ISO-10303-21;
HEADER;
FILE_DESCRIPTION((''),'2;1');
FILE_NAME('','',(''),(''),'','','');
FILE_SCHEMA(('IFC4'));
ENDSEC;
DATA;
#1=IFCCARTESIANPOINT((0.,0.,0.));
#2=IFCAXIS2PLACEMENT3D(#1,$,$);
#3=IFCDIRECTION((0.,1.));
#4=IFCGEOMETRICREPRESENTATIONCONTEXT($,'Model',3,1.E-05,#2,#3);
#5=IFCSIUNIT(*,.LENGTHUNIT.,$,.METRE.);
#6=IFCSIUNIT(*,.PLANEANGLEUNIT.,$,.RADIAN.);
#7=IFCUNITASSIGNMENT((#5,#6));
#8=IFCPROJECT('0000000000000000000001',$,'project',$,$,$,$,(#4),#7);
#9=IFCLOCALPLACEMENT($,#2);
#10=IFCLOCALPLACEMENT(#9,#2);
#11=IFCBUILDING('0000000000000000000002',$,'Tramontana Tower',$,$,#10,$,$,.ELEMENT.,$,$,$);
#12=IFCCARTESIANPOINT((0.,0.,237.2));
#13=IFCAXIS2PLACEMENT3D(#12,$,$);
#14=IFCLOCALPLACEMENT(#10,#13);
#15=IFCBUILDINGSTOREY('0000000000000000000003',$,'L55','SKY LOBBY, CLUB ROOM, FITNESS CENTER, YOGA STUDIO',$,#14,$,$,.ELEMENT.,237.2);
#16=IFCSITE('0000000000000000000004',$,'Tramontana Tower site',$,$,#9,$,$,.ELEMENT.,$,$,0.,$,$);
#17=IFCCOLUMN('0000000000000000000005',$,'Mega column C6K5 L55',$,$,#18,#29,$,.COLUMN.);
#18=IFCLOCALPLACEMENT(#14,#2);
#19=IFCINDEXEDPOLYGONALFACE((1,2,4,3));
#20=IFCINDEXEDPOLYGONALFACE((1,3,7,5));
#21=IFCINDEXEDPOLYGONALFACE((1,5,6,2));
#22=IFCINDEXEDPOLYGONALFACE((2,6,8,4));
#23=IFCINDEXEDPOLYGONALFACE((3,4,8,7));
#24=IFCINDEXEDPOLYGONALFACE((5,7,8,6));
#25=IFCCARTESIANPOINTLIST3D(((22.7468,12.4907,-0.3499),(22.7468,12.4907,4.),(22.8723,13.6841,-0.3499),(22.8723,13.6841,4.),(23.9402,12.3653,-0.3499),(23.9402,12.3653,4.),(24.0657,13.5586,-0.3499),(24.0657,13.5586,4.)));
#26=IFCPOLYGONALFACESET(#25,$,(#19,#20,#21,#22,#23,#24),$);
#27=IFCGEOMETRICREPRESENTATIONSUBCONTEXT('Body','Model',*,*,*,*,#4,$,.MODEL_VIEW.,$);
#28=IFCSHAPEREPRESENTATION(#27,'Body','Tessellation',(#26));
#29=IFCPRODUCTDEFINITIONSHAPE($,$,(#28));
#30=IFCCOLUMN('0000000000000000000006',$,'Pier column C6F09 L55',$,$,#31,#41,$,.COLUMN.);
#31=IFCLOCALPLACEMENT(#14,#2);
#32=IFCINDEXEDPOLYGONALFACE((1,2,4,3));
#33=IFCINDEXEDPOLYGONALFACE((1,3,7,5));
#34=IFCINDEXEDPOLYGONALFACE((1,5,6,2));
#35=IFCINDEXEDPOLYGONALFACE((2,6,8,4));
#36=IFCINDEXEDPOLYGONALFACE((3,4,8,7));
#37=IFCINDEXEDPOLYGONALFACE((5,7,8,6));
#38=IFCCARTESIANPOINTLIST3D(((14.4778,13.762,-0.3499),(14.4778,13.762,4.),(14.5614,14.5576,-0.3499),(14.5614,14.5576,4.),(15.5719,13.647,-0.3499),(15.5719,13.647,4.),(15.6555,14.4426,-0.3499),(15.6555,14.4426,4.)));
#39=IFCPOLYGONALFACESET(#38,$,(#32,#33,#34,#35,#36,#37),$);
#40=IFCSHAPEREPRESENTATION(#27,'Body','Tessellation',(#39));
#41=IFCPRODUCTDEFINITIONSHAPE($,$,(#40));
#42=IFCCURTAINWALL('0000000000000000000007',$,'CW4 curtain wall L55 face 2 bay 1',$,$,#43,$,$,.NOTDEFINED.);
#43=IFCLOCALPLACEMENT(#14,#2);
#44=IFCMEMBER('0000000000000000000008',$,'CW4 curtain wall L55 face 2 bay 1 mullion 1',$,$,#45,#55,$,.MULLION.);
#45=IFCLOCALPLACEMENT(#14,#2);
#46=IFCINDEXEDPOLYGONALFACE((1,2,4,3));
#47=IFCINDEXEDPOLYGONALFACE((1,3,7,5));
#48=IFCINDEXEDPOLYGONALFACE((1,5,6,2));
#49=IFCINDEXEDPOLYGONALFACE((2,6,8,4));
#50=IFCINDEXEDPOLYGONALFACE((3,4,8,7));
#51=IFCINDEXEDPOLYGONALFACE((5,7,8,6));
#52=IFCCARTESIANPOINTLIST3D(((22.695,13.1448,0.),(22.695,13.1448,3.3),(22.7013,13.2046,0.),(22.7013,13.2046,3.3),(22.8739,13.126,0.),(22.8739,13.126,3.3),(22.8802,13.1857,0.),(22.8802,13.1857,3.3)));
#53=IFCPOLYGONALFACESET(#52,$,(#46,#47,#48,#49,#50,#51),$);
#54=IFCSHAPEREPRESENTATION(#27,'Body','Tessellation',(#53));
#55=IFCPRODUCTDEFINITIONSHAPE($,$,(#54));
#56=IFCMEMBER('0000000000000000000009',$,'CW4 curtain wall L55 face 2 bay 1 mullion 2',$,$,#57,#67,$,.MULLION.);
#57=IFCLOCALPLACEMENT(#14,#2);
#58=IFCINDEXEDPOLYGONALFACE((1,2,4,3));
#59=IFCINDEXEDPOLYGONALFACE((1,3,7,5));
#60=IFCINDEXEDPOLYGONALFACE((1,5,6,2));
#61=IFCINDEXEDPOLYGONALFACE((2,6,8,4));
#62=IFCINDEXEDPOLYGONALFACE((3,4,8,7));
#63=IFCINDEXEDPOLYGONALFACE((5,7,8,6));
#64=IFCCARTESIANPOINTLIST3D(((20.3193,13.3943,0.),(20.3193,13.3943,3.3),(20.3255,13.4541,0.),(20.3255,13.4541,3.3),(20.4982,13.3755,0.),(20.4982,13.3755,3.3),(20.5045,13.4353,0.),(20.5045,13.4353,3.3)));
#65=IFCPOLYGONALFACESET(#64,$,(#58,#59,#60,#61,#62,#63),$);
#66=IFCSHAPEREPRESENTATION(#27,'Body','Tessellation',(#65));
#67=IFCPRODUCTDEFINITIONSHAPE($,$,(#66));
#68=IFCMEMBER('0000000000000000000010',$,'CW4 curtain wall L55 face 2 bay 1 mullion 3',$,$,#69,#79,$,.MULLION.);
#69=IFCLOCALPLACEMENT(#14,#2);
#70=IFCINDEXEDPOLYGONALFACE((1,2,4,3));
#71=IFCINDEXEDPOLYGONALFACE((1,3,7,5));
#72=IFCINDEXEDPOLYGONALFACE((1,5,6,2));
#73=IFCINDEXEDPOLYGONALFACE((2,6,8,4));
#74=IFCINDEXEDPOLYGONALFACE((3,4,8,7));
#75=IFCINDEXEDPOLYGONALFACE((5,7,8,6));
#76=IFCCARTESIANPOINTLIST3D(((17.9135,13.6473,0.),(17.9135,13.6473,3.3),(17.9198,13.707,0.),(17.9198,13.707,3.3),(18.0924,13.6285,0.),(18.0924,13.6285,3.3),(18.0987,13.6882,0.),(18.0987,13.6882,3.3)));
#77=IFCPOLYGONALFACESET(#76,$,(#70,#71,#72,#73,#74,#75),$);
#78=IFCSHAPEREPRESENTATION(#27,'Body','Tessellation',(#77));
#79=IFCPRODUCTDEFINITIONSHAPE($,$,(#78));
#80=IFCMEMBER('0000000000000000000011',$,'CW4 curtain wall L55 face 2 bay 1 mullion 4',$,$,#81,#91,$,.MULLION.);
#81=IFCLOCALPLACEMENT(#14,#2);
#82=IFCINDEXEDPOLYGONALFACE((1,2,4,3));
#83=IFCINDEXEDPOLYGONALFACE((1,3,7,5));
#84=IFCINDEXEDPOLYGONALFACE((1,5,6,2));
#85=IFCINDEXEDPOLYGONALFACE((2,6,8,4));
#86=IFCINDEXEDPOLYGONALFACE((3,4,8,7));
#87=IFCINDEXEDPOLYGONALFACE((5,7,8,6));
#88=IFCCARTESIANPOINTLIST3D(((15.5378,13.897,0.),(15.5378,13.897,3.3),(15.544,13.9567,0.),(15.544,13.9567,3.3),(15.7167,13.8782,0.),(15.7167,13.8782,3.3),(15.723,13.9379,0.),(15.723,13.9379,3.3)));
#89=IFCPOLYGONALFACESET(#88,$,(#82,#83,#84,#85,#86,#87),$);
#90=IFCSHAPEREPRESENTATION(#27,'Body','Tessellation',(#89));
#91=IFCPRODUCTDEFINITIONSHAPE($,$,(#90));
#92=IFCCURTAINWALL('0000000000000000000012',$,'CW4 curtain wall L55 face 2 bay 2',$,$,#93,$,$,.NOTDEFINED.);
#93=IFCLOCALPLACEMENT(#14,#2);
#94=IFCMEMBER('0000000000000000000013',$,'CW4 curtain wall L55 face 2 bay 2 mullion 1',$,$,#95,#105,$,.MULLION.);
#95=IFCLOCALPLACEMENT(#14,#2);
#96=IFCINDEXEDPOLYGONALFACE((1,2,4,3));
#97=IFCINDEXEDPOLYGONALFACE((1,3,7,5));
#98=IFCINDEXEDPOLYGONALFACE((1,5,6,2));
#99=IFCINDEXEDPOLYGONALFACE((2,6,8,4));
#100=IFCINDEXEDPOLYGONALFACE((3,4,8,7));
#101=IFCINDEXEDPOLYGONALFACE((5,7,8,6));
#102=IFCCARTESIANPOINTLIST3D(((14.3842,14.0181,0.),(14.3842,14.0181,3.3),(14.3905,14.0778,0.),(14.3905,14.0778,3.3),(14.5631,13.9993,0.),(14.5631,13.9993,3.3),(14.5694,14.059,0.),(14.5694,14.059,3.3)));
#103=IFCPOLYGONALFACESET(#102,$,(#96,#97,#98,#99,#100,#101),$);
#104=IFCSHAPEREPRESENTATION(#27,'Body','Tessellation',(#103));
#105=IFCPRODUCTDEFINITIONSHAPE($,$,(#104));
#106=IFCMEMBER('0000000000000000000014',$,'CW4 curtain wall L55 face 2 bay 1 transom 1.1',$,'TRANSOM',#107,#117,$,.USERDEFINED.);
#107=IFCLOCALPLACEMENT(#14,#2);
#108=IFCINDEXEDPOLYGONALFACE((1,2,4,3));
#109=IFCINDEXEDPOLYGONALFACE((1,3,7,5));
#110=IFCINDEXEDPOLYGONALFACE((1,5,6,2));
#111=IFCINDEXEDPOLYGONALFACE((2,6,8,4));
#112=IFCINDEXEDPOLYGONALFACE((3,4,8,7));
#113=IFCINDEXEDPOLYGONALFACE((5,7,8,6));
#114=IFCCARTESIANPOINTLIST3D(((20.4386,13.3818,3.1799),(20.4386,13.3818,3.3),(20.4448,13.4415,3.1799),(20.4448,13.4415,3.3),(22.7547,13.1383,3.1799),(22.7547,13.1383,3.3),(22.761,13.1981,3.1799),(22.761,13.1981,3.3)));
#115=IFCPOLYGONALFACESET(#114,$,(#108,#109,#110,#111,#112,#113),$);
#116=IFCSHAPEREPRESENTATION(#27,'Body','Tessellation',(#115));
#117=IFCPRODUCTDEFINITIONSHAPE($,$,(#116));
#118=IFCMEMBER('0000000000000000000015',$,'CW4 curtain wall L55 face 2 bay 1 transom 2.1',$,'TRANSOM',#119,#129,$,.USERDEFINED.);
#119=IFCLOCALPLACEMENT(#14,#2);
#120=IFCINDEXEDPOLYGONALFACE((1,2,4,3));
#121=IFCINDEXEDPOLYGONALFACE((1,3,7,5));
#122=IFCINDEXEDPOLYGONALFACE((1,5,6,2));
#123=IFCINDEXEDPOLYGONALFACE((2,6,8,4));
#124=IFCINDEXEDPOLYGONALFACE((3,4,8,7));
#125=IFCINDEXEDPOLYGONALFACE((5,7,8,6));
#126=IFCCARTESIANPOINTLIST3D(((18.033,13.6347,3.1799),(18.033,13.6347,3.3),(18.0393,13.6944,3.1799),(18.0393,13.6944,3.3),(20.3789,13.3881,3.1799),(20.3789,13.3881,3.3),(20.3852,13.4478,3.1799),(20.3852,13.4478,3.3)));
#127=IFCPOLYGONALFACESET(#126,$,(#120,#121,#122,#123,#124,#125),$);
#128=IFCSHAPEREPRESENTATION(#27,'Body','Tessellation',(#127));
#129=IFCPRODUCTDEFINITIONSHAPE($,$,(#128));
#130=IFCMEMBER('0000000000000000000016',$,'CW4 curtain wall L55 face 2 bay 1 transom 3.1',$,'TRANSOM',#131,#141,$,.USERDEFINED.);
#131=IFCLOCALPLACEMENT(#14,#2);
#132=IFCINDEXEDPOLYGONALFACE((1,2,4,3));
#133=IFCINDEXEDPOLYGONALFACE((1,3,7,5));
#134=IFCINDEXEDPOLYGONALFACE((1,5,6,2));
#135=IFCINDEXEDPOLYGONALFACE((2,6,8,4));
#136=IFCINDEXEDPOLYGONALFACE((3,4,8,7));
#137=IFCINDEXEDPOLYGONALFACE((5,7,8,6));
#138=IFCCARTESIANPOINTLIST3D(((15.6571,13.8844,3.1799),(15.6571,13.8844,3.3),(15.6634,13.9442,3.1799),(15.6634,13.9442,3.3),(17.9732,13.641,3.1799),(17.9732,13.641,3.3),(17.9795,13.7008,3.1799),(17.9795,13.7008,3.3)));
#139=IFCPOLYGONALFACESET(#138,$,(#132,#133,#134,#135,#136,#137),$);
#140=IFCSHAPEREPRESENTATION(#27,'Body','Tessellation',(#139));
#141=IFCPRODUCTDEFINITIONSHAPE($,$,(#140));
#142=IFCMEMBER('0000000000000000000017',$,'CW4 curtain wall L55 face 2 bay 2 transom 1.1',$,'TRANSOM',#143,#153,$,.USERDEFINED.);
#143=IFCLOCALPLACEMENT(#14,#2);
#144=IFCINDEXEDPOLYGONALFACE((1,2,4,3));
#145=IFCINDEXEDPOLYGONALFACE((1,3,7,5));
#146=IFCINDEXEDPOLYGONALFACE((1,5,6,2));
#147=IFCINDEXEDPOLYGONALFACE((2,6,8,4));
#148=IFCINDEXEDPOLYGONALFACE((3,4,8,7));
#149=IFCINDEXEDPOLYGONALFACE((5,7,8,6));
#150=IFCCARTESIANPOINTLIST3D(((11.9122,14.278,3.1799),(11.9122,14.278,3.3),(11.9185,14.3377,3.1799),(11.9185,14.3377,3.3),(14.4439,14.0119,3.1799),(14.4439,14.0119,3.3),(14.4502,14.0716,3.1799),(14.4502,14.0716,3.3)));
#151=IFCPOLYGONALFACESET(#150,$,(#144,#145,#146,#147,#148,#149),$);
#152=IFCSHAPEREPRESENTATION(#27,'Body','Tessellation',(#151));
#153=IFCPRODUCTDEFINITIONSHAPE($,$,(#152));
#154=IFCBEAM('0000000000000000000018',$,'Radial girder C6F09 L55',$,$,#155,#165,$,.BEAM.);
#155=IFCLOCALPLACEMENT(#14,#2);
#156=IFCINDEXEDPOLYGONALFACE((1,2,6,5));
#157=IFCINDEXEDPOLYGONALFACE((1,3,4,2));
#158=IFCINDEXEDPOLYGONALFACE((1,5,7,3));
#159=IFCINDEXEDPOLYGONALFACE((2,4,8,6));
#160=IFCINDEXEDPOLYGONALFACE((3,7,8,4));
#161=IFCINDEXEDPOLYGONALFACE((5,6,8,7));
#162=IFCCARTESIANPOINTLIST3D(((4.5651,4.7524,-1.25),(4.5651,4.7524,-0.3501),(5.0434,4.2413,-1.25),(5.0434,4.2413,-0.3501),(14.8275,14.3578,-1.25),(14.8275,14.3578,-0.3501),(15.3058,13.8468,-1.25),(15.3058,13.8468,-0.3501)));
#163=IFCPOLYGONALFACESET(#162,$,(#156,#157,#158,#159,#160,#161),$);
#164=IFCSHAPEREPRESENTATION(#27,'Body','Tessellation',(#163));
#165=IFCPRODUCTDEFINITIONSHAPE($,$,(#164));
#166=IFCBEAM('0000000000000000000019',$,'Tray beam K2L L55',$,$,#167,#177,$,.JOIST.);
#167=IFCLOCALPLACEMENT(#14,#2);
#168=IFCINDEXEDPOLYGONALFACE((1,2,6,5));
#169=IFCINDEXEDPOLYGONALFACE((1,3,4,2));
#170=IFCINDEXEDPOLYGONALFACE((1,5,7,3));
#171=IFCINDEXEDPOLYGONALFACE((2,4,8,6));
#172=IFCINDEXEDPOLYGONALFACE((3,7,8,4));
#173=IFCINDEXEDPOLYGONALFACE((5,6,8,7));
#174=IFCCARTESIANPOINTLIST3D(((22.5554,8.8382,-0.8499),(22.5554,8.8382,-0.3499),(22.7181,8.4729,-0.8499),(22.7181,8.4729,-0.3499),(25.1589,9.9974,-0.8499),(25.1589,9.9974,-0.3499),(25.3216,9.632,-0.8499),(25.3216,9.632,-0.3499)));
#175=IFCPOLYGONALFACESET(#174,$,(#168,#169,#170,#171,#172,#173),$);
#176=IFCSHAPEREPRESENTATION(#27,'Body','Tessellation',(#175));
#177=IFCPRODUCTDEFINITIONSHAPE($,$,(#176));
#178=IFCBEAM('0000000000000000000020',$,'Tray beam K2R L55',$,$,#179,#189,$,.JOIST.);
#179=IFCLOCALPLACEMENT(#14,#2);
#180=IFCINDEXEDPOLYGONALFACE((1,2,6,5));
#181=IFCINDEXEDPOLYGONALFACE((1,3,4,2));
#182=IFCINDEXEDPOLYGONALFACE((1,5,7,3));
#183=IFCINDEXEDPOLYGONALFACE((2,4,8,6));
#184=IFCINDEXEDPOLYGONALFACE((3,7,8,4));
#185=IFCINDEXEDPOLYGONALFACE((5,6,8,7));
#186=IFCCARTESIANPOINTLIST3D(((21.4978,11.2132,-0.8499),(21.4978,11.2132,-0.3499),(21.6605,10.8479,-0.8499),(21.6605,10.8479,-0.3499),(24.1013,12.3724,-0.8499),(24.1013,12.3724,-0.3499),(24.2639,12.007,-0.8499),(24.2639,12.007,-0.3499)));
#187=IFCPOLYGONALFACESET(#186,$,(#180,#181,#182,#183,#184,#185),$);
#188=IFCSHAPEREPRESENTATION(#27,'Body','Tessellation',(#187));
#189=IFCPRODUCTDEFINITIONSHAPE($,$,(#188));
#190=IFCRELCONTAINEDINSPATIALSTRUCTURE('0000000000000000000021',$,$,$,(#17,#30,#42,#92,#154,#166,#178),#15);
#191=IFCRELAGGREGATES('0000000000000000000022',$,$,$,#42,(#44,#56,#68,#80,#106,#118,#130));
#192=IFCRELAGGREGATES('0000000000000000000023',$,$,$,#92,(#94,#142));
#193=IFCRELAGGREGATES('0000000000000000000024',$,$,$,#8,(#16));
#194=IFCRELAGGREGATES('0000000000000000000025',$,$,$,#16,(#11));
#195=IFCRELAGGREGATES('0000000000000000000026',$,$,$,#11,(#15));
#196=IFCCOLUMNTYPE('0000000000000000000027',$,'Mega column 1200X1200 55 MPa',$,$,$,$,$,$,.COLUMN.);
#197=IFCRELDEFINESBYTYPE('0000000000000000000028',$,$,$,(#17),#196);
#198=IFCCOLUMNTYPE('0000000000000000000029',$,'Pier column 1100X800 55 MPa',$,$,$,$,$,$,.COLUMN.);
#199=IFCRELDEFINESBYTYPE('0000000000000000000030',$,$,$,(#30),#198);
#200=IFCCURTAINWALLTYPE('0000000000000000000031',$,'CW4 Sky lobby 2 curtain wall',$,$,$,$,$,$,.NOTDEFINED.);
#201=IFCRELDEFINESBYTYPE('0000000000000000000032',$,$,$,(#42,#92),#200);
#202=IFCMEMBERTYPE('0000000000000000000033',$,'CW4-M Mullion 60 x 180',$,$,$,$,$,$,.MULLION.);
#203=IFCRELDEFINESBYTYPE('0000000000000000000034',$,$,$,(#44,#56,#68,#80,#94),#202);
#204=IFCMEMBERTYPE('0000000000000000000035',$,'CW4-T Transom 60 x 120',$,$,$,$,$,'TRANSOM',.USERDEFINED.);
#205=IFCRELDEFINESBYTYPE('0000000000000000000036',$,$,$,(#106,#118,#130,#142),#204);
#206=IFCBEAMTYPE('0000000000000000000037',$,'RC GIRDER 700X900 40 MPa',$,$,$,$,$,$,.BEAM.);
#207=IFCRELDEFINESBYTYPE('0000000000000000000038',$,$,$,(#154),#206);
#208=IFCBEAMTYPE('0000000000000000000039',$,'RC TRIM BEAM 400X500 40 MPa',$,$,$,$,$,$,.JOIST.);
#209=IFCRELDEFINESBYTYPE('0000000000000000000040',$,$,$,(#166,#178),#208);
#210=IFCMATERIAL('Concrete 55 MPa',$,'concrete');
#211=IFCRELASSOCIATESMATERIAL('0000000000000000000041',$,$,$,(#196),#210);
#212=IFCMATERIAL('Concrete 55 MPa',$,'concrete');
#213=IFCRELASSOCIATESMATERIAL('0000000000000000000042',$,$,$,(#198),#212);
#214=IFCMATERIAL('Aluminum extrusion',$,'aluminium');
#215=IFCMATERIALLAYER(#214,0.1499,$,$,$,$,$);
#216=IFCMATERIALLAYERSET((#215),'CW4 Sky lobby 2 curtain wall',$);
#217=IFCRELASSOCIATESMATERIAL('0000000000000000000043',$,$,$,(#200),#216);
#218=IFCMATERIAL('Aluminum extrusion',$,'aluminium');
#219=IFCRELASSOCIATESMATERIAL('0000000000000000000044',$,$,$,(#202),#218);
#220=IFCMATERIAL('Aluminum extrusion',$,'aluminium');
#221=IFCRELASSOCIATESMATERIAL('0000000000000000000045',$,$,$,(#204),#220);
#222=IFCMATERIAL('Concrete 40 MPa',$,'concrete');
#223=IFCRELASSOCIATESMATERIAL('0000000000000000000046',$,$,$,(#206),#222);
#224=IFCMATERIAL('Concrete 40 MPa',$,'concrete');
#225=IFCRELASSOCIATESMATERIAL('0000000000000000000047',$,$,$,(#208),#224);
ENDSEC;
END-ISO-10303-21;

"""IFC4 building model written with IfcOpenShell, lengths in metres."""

from ifc_helpers import new_model, si_unit, direction, frame, origin, origin_2d, place, context, subcontext, project, spatial, rectangle, extrude, material, layer, layer_set, material_profile, profile_set, type_object, element, aggregate, save


model = new_model("IFC4")

# Units and contexts
model_context = context("Model", 3, precision=1e-05, world=origin(), true_north=direction((0.0, 1.0)))
body_context = subcontext(model_context, "Body", "Model", "MODEL_VIEW")
ifc_project = project(units=[si_unit("LENGTHUNIT", "METRE"), si_unit("PLANEANGLEUNIT", "RADIAN")], contexts=[model_context])

# Site, building, storey
site_placement = place(None, origin())
site = spatial("IfcSite", under=ifc_project, at=site_placement, Name="Tramontana Tower site", CompositionType="ELEMENT", RefElevation=0.0)
building_placement = place(site_placement, origin())
building = spatial("IfcBuilding", under=site, at=building_placement, Name="Tramontana Tower", CompositionType="ELEMENT")
storey_placement = place(building_placement, frame((0.0, 0.0, 237.2)))
storey = spatial("IfcBuildingStorey", under=building, at=storey_placement, Name="L55", Description="SKY LOBBY, CLUB ROOM, FITNESS CENTER, YOGA STUDIO", CompositionType="ELEMENT", Elevation=237.2)

# Columns
ifc_material_1 = material(Name="Concrete 55 MPa", Category="concrete")
ifc_material_profile_1 = material_profile(ifc_material_1, rectangle(XDim=1.2, YDim=1.2, at=origin_2d()), Name="Mega column 1200X1200 55 MPa")
ifc_profile_set_1 = profile_set([ifc_material_profile_1], Name="Concrete 55 MPa")
column_type_1 = type_object("IfcColumnType", Name="Mega column 1200X1200 55 MPa", PredefinedType="COLUMN", material=ifc_profile_set_1)
column_1_placement = place(storey_placement, frame((23.4062, 13.0247, -0.3499), z_axis=(0.0, 0.0, 1.0), x_axis=(-0.994522, 0.104528, 0.0)))
element("IfcColumn", 1, at=column_1_placement, inside=storey, type_object=column_type_1, Name="Mega column C6K5 L55", PredefinedType="COLUMN", context=body_context, shape_type="SweptSolid", body=[
    extrude(rectangle(XDim=1.2, YDim=1.2, at=origin_2d()), origin(), (0.0, 0.0, 1.0), 4.3499),
])
ifc_material_2 = material(Name="Concrete 55 MPa", Category="concrete")
ifc_material_profile_2 = material_profile(ifc_material_2, rectangle(XDim=1.1001, YDim=0.8, at=origin_2d()), Name="Pier column 1100X800 55 MPa")
ifc_profile_set_2 = profile_set([ifc_material_profile_2], Name="Concrete 55 MPa")
column_type_2 = type_object("IfcColumnType", Name="Pier column 1100X800 55 MPa", PredefinedType="COLUMN", material=ifc_profile_set_2)
column_2_placement = place(storey_placement, frame((15.0667, 14.1023, -0.3499), z_axis=(0.0, 0.0, 1.0), x_axis=(-0.994522, 0.104528, 0.0)))
element("IfcColumn", 2, at=column_2_placement, inside=storey, type_object=column_type_2, Name="Pier column C6F09 L55", PredefinedType="COLUMN", context=body_context, shape_type="SweptSolid", body=[
    extrude(rectangle(XDim=1.1001, YDim=0.8, at=origin_2d()), origin(), (0.0, 0.0, 1.0), 4.3499),
])

# Curtain wall, members
ifc_material_3 = material(Name="Aluminum extrusion", Category="aluminium")
ifc_layer_1 = layer(ifc_material_3, 0.1499)
ifc_layer_set_1 = layer_set([ifc_layer_1], Name="CW4 Sky lobby 2 curtain wall")
curtain_wall_type = type_object("IfcCurtainWallType", Name="CW4 Sky lobby 2 curtain wall", PredefinedType="NOTDEFINED", material=ifc_layer_set_1)
curtain_wall_1_placement = place(storey_placement, origin())
curtain_wall_1 = element("IfcCurtainWall", 3, at=curtain_wall_1_placement, inside=storey, type_object=curtain_wall_type, Name="CW4 curtain wall L55 face 2 bay 1", PredefinedType="NOTDEFINED")
ifc_material_4 = material(Name="Aluminum extrusion", Category="aluminium")
ifc_material_profile_3 = material_profile(ifc_material_4, rectangle(XDim=0.0601, YDim=0.1799, at=origin_2d()), Name="CW4-M Mullion 60 x 180")
ifc_profile_set_3 = profile_set([ifc_material_profile_3], Name="Aluminum extrusion")
member_type_1 = type_object("IfcMemberType", Name="CW4-M Mullion 60 x 180", PredefinedType="MULLION", material=ifc_profile_set_3)
member_1_placement = place(storey_placement, frame((22.7876, 13.1653, 0.0), z_axis=(0.0, 0.0, 1.0), x_axis=(-0.104528, -0.994522, 0.0)))
member_1 = element("IfcMember", 4, at=member_1_placement, type_object=member_type_1, Name="CW4 curtain wall L55 face 2 bay 1 mullion 1", PredefinedType="MULLION", context=body_context, shape_type="SweptSolid", body=[
    extrude(rectangle(XDim=0.0601, YDim=0.1799, at=origin_2d()), origin(), (0.0, 0.0, 1.0), 3.3),
])
member_2_placement = place(storey_placement, frame((20.4119, 13.4148, 0.0), z_axis=(0.0, 0.0, 1.0), x_axis=(-0.104528, -0.994522, 0.0)))
member_2 = element("IfcMember", 5, at=member_2_placement, type_object=member_type_1, Name="CW4 curtain wall L55 face 2 bay 1 mullion 2", PredefinedType="MULLION", context=body_context, shape_type="SweptSolid", body=[
    extrude(rectangle(XDim=0.0601, YDim=0.1799, at=origin_2d()), origin(), (0.0, 0.0, 1.0), 3.3),
])
member_3_placement = place(storey_placement, frame((18.0061, 13.6677, 0.0), z_axis=(0.0, 0.0, 1.0), x_axis=(-0.104528, -0.994522, 0.0)))
member_3 = element("IfcMember", 6, at=member_3_placement, type_object=member_type_1, Name="CW4 curtain wall L55 face 2 bay 1 mullion 3", PredefinedType="MULLION", context=body_context, shape_type="SweptSolid", body=[
    extrude(rectangle(XDim=0.0601, YDim=0.1799, at=origin_2d()), origin(), (0.0, 0.0, 1.0), 3.3),
])
member_4_placement = place(storey_placement, frame((15.6304, 13.9175, 0.0), z_axis=(0.0, 0.0, 1.0), x_axis=(-0.104528, -0.994522, 0.0)))
member_4 = element("IfcMember", 7, at=member_4_placement, type_object=member_type_1, Name="CW4 curtain wall L55 face 2 bay 1 mullion 4", PredefinedType="MULLION", context=body_context, shape_type="SweptSolid", body=[
    extrude(rectangle(XDim=0.0601, YDim=0.1799, at=origin_2d()), origin(), (0.0, 0.0, 1.0), 3.3),
])

# Curtain wall, member
curtain_wall_2_placement = place(storey_placement, origin())
curtain_wall_2 = element("IfcCurtainWall", 8, at=curtain_wall_2_placement, inside=storey, type_object=curtain_wall_type, Name="CW4 curtain wall L55 face 2 bay 2", PredefinedType="NOTDEFINED")
member_5_placement = place(storey_placement, frame((14.4768, 14.0386, 0.0), z_axis=(0.0, 0.0, 1.0), x_axis=(-0.104528, -0.994522, 0.0)))
member_5 = element("IfcMember", 9, at=member_5_placement, type_object=member_type_1, Name="CW4 curtain wall L55 face 2 bay 2 mullion 1", PredefinedType="MULLION", context=body_context, shape_type="SweptSolid", body=[
    extrude(rectangle(XDim=0.0601, YDim=0.1799, at=origin_2d()), origin(), (0.0, 0.0, 1.0), 3.3),
])

# Members
ifc_material_5 = material(Name="Aluminum extrusion", Category="aluminium")
ifc_material_profile_4 = material_profile(ifc_material_5, rectangle(XDim=0.0601, YDim=0.1201, at=origin_2d()), Name="CW4-T Transom 60 x 120")
ifc_profile_set_4 = profile_set([ifc_material_profile_4], Name="Aluminum extrusion")
member_type_2 = type_object("IfcMemberType", Name="CW4-T Transom 60 x 120", ElementType="TRANSOM", PredefinedType="USERDEFINED", material=ifc_profile_set_4)
member_6_placement = place(storey_placement, frame((22.7578, 13.1682, 3.24), z_axis=(-0.994523, 0.104516, 0.0), x_axis=(-0.104516, -0.994523, 0.0)))
member_6 = element("IfcMember", 10, at=member_6_placement, type_object=member_type_2, Name="CW4 curtain wall L55 face 2 bay 1 transom 1.1", ObjectType="TRANSOM", PredefinedType="USERDEFINED", context=body_context, shape_type="SweptSolid", body=[
    extrude(rectangle(XDim=0.0601, YDim=0.1201, at=origin_2d()), origin(), (0.0, 0.0, 1.0), 2.3289),
])
member_7_placement = place(storey_placement, frame((20.3821, 13.418, 3.24), z_axis=(-0.994521, 0.104534, 0.0), x_axis=(-0.104534, -0.994521, 0.0)))
member_7 = element("IfcMember", 11, at=member_7_placement, type_object=member_type_2, Name="CW4 curtain wall L55 face 2 bay 1 transom 2.1", ObjectType="TRANSOM", PredefinedType="USERDEFINED", context=body_context, shape_type="SweptSolid", body=[
    extrude(rectangle(XDim=0.0601, YDim=0.1201, at=origin_2d()), origin(), (0.0, 0.0, 1.0), 2.3589),
])
member_8_placement = place(storey_placement, frame((17.9763, 13.6709, 3.24), z_axis=(-0.994523, 0.104516, 0.0), x_axis=(-0.104516, -0.994523, 0.0)))
member_8 = element("IfcMember", 12, at=member_8_placement, type_object=member_type_2, Name="CW4 curtain wall L55 face 2 bay 1 transom 3.1", ObjectType="TRANSOM", PredefinedType="USERDEFINED", context=body_context, shape_type="SweptSolid", body=[
    extrude(rectangle(XDim=0.0601, YDim=0.1201, at=origin_2d()), origin(), (0.0, 0.0, 1.0), 2.3289),
])
member_9_placement = place(storey_placement, frame((14.447, 14.0417, 3.24), z_axis=(-0.994521, 0.104535, 0.0), x_axis=(-0.104535, -0.994521, 0.0)))
member_9 = element("IfcMember", 13, at=member_9_placement, type_object=member_type_2, Name="CW4 curtain wall L55 face 2 bay 2 transom 1.1", ObjectType="TRANSOM", PredefinedType="USERDEFINED", context=body_context, shape_type="SweptSolid", body=[
    extrude(rectangle(XDim=0.0601, YDim=0.1201, at=origin_2d()), origin(), (0.0, 0.0, 1.0), 2.5457),
])

# Beams
ifc_material_6 = material(Name="Concrete 40 MPa", Category="concrete")
ifc_material_profile_5 = material_profile(ifc_material_6, rectangle(XDim=0.7, YDim=0.8999, at=origin_2d()), Name="RC GIRDER 700X900 40 MPa")
ifc_profile_set_5 = profile_set([ifc_material_profile_5], Name="Concrete 40 MPa")
beam_type_1 = type_object("IfcBeamType", Name="RC GIRDER 700X900 40 MPa", PredefinedType="BEAM", material=ifc_profile_set_5)
beam_placement = place(storey_placement, frame((15.0667, 14.1023, -0.8), z_axis=(-0.73009, -0.683351, 0.0), x_axis=(0.683351, -0.73009, 0.0)))
element("IfcBeam", 14, at=beam_placement, inside=storey, type_object=beam_type_1, Name="Radial girder C6F09 L55", PredefinedType="BEAM", context=body_context, shape_type="SweptSolid", body=[
    extrude(rectangle(XDim=0.7, YDim=0.8999, at=origin_2d()), origin(), (0.0, 0.0, 1.0), 14.0564),
])
ifc_material_7 = material(Name="Concrete 40 MPa", Category="concrete")
ifc_material_profile_6 = material_profile(ifc_material_7, rectangle(XDim=0.3999, YDim=0.5, at=origin_2d()), Name="RC TRIM BEAM 400X500 40 MPa")
ifc_profile_set_6 = profile_set([ifc_material_profile_6], Name="Concrete 40 MPa")
beam_type_2 = type_object("IfcBeamType", Name="RC TRIM BEAM 400X500 40 MPa", PredefinedType="JOIST", material=ifc_profile_set_6)
for number, where, z_axis, x_axis, name in (
    (15, (25.2402, 9.8147, -0.5999), (-0.913543, -0.406742, 0.0), (0.406742, -0.913543, 0.0), "Tray beam K2L L55"),
    (16, (24.1826, 12.1897, -0.5999), (-0.913543, -0.406742, 0.0), (0.406742, -0.913543, 0.0), "Tray beam K2R L55"),
):
    element("IfcBeam", number, at=place(storey_placement, frame(where, z_axis=z_axis, x_axis=x_axis)), inside=storey, type_object=beam_type_2, Name=name, PredefinedType="JOIST", context=body_context, shape_type="SweptSolid", body=[
        extrude(rectangle(XDim=0.3999, YDim=0.5, at=origin_2d()), origin(), (0.0, 0.0, 1.0), 2.8499),
    ])

aggregate(curtain_wall_1, [member_1, member_2, member_3, member_4, member_6, member_7, member_8])
aggregate(curtain_wall_2, [member_5, member_9])

save(model, "model.ifc")
